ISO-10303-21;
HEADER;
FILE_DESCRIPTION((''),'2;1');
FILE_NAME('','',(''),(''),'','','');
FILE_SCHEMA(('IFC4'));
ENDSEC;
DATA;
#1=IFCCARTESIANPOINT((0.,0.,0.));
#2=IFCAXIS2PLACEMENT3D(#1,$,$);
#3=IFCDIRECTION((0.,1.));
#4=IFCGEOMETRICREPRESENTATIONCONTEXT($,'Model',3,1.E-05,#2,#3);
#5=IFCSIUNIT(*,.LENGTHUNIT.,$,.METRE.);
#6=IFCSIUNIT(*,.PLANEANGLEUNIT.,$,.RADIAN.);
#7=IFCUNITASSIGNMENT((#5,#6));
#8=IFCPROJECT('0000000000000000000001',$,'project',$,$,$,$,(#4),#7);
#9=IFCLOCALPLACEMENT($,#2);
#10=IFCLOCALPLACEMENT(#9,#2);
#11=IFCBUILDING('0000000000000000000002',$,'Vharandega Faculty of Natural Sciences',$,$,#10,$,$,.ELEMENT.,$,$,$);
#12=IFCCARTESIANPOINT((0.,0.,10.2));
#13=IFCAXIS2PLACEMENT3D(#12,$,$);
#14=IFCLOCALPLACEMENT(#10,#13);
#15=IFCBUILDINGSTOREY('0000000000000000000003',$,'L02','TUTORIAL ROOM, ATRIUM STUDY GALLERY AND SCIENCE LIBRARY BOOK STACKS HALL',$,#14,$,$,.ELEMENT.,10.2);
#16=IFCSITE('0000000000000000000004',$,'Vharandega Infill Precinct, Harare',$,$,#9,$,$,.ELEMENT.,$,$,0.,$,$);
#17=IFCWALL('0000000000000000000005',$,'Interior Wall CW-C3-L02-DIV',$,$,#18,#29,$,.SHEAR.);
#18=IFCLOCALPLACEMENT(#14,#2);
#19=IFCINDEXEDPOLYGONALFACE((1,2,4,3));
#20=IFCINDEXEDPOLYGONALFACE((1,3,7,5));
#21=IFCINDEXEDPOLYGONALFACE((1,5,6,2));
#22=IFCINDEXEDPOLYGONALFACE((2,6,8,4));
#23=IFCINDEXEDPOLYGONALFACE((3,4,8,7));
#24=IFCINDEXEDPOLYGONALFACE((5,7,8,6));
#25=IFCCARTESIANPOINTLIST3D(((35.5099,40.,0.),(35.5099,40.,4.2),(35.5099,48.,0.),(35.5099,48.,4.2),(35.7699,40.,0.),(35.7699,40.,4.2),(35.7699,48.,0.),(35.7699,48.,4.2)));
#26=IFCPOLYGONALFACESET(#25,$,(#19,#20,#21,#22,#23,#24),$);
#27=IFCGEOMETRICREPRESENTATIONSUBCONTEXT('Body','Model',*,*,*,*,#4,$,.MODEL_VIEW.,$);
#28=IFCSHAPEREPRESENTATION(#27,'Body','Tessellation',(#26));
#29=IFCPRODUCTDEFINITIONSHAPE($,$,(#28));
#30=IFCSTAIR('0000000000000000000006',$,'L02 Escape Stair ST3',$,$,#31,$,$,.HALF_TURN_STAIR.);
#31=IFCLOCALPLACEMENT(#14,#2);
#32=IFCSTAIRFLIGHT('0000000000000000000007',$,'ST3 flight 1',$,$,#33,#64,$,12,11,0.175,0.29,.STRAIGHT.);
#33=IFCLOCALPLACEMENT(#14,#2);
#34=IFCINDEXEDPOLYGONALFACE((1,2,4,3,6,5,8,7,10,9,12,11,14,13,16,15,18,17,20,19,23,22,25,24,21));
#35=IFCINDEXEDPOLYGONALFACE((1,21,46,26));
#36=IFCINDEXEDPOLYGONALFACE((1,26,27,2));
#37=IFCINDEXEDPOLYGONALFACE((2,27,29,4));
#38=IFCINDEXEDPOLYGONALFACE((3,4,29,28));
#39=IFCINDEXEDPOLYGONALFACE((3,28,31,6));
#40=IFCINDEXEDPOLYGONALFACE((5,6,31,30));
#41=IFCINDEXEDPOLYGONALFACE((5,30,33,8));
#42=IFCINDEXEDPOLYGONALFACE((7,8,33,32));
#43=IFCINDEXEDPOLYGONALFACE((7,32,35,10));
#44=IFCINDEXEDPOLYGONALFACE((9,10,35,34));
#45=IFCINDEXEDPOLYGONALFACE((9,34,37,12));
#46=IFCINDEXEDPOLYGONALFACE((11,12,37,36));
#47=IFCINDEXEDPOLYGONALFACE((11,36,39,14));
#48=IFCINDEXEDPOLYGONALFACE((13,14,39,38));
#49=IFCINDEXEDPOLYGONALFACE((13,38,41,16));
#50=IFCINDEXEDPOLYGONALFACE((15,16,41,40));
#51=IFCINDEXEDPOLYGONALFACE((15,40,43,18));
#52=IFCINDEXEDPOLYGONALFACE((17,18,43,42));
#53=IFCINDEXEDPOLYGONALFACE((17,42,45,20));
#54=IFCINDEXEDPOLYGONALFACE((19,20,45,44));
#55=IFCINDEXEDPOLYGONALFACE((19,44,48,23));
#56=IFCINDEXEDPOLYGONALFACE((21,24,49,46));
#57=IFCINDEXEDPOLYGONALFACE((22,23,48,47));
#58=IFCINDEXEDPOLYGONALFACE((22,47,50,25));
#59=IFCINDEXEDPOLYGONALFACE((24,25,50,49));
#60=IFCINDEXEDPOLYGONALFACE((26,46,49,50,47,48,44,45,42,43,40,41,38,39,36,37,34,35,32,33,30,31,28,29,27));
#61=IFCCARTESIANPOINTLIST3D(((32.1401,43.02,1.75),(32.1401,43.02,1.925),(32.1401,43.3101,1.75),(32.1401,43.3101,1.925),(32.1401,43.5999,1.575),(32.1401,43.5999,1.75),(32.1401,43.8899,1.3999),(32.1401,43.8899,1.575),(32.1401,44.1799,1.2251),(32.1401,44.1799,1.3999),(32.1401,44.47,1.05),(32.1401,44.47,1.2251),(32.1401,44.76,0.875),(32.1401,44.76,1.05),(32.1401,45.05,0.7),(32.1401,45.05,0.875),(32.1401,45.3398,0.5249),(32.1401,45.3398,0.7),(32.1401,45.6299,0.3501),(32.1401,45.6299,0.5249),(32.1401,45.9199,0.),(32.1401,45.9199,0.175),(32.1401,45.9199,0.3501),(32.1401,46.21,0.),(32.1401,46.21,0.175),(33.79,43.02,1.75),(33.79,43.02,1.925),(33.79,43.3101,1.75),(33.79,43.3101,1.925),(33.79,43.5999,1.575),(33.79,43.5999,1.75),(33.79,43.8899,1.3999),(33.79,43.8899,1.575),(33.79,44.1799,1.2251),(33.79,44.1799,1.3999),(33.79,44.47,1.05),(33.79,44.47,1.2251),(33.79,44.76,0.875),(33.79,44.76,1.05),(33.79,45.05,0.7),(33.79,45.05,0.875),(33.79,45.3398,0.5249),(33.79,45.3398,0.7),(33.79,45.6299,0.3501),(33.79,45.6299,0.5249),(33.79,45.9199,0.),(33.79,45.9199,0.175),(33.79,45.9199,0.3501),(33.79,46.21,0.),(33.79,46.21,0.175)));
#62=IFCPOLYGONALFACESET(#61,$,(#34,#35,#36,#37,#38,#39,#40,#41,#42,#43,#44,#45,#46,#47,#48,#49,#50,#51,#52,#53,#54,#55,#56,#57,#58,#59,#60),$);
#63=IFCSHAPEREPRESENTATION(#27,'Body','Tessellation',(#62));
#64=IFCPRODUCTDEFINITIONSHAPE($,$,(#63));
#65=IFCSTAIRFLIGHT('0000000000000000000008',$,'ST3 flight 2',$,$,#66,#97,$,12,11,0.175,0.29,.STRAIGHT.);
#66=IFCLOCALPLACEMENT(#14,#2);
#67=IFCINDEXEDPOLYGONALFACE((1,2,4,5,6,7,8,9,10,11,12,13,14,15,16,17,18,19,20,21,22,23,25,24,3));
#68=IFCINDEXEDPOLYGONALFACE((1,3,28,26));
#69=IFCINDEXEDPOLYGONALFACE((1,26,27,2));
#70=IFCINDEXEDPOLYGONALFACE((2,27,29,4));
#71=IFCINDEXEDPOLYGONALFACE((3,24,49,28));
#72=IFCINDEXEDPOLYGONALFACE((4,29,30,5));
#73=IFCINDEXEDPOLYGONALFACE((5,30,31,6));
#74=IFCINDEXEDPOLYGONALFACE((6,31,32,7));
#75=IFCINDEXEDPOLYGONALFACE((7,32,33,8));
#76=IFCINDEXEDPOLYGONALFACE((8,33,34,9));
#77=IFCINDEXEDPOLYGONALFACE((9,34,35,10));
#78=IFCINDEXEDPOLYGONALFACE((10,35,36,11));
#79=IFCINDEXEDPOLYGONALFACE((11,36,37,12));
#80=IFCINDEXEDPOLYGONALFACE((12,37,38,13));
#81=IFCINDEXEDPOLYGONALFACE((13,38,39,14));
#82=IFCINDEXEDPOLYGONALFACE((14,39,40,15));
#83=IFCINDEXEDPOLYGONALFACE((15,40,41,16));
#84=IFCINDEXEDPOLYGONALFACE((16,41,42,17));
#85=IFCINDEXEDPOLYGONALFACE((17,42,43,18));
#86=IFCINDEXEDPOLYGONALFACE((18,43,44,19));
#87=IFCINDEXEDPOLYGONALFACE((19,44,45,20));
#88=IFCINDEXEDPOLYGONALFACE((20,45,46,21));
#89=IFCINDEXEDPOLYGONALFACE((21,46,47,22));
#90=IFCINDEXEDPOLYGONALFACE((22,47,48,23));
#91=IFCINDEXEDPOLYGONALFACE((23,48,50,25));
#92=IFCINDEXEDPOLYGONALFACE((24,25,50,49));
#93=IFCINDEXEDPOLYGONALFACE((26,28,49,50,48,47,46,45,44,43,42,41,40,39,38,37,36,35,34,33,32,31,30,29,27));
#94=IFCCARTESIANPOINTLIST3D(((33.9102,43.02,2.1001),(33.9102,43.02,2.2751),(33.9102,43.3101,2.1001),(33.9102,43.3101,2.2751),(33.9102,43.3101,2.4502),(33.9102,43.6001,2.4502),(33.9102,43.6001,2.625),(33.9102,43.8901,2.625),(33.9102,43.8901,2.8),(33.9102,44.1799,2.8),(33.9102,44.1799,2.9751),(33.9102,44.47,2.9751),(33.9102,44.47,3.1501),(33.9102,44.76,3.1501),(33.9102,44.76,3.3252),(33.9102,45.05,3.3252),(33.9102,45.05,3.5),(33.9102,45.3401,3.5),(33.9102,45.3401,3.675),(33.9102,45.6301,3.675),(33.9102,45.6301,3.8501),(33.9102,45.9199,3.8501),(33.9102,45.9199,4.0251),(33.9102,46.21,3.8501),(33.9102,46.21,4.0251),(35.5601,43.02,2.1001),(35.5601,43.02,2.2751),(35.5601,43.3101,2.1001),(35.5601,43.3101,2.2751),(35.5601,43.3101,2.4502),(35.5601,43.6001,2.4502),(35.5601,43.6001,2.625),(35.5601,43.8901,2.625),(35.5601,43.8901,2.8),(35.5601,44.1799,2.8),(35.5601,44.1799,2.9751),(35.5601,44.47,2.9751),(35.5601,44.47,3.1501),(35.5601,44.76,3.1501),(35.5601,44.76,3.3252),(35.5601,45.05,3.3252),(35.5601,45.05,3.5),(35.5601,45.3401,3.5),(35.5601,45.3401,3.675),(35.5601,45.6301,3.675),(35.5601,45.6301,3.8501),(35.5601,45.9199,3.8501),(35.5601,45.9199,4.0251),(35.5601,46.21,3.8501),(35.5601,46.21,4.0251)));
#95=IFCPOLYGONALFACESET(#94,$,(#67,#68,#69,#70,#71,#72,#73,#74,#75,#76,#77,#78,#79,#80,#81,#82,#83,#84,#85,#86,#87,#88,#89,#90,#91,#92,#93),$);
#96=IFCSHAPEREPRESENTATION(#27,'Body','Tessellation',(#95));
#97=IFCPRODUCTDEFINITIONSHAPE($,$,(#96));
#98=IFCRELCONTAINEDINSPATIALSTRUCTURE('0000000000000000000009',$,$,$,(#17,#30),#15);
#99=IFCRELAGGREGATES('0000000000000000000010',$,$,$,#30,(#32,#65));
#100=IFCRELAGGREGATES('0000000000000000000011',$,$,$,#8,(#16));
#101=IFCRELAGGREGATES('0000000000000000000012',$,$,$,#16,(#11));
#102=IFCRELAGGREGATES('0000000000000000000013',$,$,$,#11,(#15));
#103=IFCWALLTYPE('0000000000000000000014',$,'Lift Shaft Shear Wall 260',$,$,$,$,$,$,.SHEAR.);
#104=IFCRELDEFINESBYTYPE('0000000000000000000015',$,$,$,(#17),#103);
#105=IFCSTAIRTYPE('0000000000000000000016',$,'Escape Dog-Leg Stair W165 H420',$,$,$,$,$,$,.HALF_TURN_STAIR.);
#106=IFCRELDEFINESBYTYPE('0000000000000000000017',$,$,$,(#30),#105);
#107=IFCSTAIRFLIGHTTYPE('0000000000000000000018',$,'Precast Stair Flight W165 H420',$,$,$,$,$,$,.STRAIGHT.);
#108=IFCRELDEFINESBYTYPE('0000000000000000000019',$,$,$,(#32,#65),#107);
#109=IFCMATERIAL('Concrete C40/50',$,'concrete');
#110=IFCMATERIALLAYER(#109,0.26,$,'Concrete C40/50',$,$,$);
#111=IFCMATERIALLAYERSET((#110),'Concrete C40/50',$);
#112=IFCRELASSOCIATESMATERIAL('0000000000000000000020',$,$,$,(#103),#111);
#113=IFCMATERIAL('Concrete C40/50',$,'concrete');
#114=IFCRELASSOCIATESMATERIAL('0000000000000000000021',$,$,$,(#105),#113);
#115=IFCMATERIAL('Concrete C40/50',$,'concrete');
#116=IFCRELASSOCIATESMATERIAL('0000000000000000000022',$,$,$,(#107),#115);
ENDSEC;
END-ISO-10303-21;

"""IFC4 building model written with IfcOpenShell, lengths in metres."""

from ifc_helpers import new_model, si_unit, direction, frame, frame_2d, origin, place, context, subcontext, project, spatial, polyline, rectangle, outline, extrude, material, layer, layer_set, type_object, element, aggregate, save


model = new_model("IFC4")

# Units and contexts
model_context = context("Model", 3, precision=1e-05, world=origin(), true_north=direction((0.0, 1.0)))
body_context = subcontext(model_context, "Body", "Model", "MODEL_VIEW")
ifc_project = project(units=[si_unit("LENGTHUNIT", "METRE"), si_unit("PLANEANGLEUNIT", "RADIAN")], contexts=[model_context])

# Site, building, storey
site_placement = place(None, origin())
site = spatial("IfcSite", under=ifc_project, at=site_placement, Name="Vharandega Infill Precinct, Harare", CompositionType="ELEMENT", RefElevation=0.0)
building_placement = place(site_placement, origin())
building = spatial("IfcBuilding", under=site, at=building_placement, Name="Vharandega Faculty of Natural Sciences", CompositionType="ELEMENT")
storey_placement = place(building_placement, frame((0.0, 0.0, 10.2)))
storey = spatial("IfcBuildingStorey", under=building, at=storey_placement, Name="L02", Description="TUTORIAL ROOM, ATRIUM STUDY GALLERY AND SCIENCE LIBRARY BOOK STACKS HALL", CompositionType="ELEMENT", Elevation=10.2)

# Wall
ifc_material_1 = material(Name="Concrete C40/50", Category="concrete")
ifc_layer_1 = layer(ifc_material_1, 0.26, Name="Concrete C40/50")
ifc_layer_set_1 = layer_set([ifc_layer_1], Name="Concrete C40/50")
wall_type_1 = type_object("IfcWallType", Name="Lift Shaft Shear Wall 260", PredefinedType="SHEAR", material=ifc_layer_set_1)
wall_1_placement = place(storey_placement, frame((35.6399, 40.0, 0.0), z_axis=(0.0, 0.0, 1.0), x_axis=(0.0, 1.0, 0.0)))
element("IfcWall", 1, at=wall_1_placement, inside=storey, type_object=wall_type_1, Name="Interior Wall CW-C3-L02-DIV", PredefinedType="SHEAR", context=body_context, shape_type="SweptSolid", body=[
    extrude(rectangle(XDim=8.0, YDim=0.26, at=frame_2d((4.0, 0.0))), origin(), (0.0, 0.0, 1.0), 4.2),
])

# Stair, stair flights
ifc_material_2 = material(Name="Concrete C40/50", Category="concrete")
stair_type = type_object("IfcStairType", Name="Escape Dog-Leg Stair W165 H420", PredefinedType="HALF_TURN_STAIR", material=ifc_material_2)
stair_placement = place(storey_placement, origin())
stair = element("IfcStair", 2, at=stair_placement, inside=storey, type_object=stair_type, Name="L02 Escape Stair ST3", PredefinedType="HALF_TURN_STAIR")
ifc_material_3 = material(Name="Concrete C40/50", Category="concrete")
stair_flight_type = type_object("IfcStairFlightType", Name="Precast Stair Flight W165 H420", PredefinedType="STRAIGHT", material=ifc_material_3)
stair_flight_1_placement = place(storey_placement, frame((32.9651, 46.21, 0.0), z_axis=(0.0, 0.0, 1.0), x_axis=(0.0, -1.0, 0.0)))
stair_flight_1 = element("IfcStairFlight", 3, at=stair_flight_1_placement, type_object=stair_flight_type, Name="ST3 flight 1", NumberOfRisers=12, NumberOfTreads=11, PredefinedType="STRAIGHT", RiserHeight=0.175, TreadLength=0.29, context=body_context, shape_type="SweptSolid", body=[
    extrude(outline(polyline([(0.0, 0.0), (0.0, 0.175), (0.29, 0.175), (0.29, 0.3501), (0.5801, 0.3501), (0.5801, 0.5249), (0.8701, 0.5249), (0.8701, 0.7), (1.1599, 0.7), (1.1599, 0.875), (1.45, 0.875), (1.45, 1.05), (1.74, 1.05), (1.74, 1.2251), (2.03, 1.2251), (2.03, 1.3999), (2.3201, 1.3999), (2.3201, 1.575), (2.6101, 1.575), (2.6101, 1.75), (2.8999, 1.75), (2.8999, 1.925), (3.1899, 1.925), (3.1899, 2.1001), (3.1899, 1.75), (0.29, 0.0), (0.0, 0.0)])), frame((0.0, 0.825, 0.0), z_axis=(0.0, -1.0, 0.0), x_axis=(1.0, 0.0, 0.0)), (0.0, 0.0, 1.0), 1.6499),
])
stair_flight_2_placement = place(storey_placement, frame((34.7351, 43.02, 2.1001), z_axis=(0.0, 0.0, 1.0), x_axis=(0.0, 1.0, 0.0)))
stair_flight_2 = element("IfcStairFlight", 4, at=stair_flight_2_placement, type_object=stair_flight_type, Name="ST3 flight 2", NumberOfRisers=12, NumberOfTreads=11, PredefinedType="STRAIGHT", RiserHeight=0.175, TreadLength=0.29, context=body_context, shape_type="SweptSolid", body=[
    extrude(outline(polyline([(0.0, 0.0), (0.0, 0.175), (0.29, 0.175), (0.29, 0.3501), (0.5801, 0.3501), (0.5801, 0.5249), (0.8701, 0.5249), (0.8701, 0.7), (1.1599, 0.7), (1.1599, 0.875), (1.45, 0.875), (1.45, 1.05), (1.74, 1.05), (1.74, 1.2251), (2.03, 1.2251), (2.03, 1.3999), (2.3201, 1.3999), (2.3201, 1.575), (2.6101, 1.575), (2.6101, 1.75), (2.8999, 1.75), (2.8999, 1.925), (3.1899, 1.925), (3.1899, 2.1001), (3.1899, 1.75), (0.29, 0.0), (0.0, 0.0)])), frame((0.0, 0.825, 0.0), z_axis=(0.0, -1.0, 0.0), x_axis=(1.0, 0.0, 0.0)), (0.0, 0.0, 1.0), 1.6499),
])
aggregate(stair, [stair_flight_1, stair_flight_2])

save(model, "model.ifc")
